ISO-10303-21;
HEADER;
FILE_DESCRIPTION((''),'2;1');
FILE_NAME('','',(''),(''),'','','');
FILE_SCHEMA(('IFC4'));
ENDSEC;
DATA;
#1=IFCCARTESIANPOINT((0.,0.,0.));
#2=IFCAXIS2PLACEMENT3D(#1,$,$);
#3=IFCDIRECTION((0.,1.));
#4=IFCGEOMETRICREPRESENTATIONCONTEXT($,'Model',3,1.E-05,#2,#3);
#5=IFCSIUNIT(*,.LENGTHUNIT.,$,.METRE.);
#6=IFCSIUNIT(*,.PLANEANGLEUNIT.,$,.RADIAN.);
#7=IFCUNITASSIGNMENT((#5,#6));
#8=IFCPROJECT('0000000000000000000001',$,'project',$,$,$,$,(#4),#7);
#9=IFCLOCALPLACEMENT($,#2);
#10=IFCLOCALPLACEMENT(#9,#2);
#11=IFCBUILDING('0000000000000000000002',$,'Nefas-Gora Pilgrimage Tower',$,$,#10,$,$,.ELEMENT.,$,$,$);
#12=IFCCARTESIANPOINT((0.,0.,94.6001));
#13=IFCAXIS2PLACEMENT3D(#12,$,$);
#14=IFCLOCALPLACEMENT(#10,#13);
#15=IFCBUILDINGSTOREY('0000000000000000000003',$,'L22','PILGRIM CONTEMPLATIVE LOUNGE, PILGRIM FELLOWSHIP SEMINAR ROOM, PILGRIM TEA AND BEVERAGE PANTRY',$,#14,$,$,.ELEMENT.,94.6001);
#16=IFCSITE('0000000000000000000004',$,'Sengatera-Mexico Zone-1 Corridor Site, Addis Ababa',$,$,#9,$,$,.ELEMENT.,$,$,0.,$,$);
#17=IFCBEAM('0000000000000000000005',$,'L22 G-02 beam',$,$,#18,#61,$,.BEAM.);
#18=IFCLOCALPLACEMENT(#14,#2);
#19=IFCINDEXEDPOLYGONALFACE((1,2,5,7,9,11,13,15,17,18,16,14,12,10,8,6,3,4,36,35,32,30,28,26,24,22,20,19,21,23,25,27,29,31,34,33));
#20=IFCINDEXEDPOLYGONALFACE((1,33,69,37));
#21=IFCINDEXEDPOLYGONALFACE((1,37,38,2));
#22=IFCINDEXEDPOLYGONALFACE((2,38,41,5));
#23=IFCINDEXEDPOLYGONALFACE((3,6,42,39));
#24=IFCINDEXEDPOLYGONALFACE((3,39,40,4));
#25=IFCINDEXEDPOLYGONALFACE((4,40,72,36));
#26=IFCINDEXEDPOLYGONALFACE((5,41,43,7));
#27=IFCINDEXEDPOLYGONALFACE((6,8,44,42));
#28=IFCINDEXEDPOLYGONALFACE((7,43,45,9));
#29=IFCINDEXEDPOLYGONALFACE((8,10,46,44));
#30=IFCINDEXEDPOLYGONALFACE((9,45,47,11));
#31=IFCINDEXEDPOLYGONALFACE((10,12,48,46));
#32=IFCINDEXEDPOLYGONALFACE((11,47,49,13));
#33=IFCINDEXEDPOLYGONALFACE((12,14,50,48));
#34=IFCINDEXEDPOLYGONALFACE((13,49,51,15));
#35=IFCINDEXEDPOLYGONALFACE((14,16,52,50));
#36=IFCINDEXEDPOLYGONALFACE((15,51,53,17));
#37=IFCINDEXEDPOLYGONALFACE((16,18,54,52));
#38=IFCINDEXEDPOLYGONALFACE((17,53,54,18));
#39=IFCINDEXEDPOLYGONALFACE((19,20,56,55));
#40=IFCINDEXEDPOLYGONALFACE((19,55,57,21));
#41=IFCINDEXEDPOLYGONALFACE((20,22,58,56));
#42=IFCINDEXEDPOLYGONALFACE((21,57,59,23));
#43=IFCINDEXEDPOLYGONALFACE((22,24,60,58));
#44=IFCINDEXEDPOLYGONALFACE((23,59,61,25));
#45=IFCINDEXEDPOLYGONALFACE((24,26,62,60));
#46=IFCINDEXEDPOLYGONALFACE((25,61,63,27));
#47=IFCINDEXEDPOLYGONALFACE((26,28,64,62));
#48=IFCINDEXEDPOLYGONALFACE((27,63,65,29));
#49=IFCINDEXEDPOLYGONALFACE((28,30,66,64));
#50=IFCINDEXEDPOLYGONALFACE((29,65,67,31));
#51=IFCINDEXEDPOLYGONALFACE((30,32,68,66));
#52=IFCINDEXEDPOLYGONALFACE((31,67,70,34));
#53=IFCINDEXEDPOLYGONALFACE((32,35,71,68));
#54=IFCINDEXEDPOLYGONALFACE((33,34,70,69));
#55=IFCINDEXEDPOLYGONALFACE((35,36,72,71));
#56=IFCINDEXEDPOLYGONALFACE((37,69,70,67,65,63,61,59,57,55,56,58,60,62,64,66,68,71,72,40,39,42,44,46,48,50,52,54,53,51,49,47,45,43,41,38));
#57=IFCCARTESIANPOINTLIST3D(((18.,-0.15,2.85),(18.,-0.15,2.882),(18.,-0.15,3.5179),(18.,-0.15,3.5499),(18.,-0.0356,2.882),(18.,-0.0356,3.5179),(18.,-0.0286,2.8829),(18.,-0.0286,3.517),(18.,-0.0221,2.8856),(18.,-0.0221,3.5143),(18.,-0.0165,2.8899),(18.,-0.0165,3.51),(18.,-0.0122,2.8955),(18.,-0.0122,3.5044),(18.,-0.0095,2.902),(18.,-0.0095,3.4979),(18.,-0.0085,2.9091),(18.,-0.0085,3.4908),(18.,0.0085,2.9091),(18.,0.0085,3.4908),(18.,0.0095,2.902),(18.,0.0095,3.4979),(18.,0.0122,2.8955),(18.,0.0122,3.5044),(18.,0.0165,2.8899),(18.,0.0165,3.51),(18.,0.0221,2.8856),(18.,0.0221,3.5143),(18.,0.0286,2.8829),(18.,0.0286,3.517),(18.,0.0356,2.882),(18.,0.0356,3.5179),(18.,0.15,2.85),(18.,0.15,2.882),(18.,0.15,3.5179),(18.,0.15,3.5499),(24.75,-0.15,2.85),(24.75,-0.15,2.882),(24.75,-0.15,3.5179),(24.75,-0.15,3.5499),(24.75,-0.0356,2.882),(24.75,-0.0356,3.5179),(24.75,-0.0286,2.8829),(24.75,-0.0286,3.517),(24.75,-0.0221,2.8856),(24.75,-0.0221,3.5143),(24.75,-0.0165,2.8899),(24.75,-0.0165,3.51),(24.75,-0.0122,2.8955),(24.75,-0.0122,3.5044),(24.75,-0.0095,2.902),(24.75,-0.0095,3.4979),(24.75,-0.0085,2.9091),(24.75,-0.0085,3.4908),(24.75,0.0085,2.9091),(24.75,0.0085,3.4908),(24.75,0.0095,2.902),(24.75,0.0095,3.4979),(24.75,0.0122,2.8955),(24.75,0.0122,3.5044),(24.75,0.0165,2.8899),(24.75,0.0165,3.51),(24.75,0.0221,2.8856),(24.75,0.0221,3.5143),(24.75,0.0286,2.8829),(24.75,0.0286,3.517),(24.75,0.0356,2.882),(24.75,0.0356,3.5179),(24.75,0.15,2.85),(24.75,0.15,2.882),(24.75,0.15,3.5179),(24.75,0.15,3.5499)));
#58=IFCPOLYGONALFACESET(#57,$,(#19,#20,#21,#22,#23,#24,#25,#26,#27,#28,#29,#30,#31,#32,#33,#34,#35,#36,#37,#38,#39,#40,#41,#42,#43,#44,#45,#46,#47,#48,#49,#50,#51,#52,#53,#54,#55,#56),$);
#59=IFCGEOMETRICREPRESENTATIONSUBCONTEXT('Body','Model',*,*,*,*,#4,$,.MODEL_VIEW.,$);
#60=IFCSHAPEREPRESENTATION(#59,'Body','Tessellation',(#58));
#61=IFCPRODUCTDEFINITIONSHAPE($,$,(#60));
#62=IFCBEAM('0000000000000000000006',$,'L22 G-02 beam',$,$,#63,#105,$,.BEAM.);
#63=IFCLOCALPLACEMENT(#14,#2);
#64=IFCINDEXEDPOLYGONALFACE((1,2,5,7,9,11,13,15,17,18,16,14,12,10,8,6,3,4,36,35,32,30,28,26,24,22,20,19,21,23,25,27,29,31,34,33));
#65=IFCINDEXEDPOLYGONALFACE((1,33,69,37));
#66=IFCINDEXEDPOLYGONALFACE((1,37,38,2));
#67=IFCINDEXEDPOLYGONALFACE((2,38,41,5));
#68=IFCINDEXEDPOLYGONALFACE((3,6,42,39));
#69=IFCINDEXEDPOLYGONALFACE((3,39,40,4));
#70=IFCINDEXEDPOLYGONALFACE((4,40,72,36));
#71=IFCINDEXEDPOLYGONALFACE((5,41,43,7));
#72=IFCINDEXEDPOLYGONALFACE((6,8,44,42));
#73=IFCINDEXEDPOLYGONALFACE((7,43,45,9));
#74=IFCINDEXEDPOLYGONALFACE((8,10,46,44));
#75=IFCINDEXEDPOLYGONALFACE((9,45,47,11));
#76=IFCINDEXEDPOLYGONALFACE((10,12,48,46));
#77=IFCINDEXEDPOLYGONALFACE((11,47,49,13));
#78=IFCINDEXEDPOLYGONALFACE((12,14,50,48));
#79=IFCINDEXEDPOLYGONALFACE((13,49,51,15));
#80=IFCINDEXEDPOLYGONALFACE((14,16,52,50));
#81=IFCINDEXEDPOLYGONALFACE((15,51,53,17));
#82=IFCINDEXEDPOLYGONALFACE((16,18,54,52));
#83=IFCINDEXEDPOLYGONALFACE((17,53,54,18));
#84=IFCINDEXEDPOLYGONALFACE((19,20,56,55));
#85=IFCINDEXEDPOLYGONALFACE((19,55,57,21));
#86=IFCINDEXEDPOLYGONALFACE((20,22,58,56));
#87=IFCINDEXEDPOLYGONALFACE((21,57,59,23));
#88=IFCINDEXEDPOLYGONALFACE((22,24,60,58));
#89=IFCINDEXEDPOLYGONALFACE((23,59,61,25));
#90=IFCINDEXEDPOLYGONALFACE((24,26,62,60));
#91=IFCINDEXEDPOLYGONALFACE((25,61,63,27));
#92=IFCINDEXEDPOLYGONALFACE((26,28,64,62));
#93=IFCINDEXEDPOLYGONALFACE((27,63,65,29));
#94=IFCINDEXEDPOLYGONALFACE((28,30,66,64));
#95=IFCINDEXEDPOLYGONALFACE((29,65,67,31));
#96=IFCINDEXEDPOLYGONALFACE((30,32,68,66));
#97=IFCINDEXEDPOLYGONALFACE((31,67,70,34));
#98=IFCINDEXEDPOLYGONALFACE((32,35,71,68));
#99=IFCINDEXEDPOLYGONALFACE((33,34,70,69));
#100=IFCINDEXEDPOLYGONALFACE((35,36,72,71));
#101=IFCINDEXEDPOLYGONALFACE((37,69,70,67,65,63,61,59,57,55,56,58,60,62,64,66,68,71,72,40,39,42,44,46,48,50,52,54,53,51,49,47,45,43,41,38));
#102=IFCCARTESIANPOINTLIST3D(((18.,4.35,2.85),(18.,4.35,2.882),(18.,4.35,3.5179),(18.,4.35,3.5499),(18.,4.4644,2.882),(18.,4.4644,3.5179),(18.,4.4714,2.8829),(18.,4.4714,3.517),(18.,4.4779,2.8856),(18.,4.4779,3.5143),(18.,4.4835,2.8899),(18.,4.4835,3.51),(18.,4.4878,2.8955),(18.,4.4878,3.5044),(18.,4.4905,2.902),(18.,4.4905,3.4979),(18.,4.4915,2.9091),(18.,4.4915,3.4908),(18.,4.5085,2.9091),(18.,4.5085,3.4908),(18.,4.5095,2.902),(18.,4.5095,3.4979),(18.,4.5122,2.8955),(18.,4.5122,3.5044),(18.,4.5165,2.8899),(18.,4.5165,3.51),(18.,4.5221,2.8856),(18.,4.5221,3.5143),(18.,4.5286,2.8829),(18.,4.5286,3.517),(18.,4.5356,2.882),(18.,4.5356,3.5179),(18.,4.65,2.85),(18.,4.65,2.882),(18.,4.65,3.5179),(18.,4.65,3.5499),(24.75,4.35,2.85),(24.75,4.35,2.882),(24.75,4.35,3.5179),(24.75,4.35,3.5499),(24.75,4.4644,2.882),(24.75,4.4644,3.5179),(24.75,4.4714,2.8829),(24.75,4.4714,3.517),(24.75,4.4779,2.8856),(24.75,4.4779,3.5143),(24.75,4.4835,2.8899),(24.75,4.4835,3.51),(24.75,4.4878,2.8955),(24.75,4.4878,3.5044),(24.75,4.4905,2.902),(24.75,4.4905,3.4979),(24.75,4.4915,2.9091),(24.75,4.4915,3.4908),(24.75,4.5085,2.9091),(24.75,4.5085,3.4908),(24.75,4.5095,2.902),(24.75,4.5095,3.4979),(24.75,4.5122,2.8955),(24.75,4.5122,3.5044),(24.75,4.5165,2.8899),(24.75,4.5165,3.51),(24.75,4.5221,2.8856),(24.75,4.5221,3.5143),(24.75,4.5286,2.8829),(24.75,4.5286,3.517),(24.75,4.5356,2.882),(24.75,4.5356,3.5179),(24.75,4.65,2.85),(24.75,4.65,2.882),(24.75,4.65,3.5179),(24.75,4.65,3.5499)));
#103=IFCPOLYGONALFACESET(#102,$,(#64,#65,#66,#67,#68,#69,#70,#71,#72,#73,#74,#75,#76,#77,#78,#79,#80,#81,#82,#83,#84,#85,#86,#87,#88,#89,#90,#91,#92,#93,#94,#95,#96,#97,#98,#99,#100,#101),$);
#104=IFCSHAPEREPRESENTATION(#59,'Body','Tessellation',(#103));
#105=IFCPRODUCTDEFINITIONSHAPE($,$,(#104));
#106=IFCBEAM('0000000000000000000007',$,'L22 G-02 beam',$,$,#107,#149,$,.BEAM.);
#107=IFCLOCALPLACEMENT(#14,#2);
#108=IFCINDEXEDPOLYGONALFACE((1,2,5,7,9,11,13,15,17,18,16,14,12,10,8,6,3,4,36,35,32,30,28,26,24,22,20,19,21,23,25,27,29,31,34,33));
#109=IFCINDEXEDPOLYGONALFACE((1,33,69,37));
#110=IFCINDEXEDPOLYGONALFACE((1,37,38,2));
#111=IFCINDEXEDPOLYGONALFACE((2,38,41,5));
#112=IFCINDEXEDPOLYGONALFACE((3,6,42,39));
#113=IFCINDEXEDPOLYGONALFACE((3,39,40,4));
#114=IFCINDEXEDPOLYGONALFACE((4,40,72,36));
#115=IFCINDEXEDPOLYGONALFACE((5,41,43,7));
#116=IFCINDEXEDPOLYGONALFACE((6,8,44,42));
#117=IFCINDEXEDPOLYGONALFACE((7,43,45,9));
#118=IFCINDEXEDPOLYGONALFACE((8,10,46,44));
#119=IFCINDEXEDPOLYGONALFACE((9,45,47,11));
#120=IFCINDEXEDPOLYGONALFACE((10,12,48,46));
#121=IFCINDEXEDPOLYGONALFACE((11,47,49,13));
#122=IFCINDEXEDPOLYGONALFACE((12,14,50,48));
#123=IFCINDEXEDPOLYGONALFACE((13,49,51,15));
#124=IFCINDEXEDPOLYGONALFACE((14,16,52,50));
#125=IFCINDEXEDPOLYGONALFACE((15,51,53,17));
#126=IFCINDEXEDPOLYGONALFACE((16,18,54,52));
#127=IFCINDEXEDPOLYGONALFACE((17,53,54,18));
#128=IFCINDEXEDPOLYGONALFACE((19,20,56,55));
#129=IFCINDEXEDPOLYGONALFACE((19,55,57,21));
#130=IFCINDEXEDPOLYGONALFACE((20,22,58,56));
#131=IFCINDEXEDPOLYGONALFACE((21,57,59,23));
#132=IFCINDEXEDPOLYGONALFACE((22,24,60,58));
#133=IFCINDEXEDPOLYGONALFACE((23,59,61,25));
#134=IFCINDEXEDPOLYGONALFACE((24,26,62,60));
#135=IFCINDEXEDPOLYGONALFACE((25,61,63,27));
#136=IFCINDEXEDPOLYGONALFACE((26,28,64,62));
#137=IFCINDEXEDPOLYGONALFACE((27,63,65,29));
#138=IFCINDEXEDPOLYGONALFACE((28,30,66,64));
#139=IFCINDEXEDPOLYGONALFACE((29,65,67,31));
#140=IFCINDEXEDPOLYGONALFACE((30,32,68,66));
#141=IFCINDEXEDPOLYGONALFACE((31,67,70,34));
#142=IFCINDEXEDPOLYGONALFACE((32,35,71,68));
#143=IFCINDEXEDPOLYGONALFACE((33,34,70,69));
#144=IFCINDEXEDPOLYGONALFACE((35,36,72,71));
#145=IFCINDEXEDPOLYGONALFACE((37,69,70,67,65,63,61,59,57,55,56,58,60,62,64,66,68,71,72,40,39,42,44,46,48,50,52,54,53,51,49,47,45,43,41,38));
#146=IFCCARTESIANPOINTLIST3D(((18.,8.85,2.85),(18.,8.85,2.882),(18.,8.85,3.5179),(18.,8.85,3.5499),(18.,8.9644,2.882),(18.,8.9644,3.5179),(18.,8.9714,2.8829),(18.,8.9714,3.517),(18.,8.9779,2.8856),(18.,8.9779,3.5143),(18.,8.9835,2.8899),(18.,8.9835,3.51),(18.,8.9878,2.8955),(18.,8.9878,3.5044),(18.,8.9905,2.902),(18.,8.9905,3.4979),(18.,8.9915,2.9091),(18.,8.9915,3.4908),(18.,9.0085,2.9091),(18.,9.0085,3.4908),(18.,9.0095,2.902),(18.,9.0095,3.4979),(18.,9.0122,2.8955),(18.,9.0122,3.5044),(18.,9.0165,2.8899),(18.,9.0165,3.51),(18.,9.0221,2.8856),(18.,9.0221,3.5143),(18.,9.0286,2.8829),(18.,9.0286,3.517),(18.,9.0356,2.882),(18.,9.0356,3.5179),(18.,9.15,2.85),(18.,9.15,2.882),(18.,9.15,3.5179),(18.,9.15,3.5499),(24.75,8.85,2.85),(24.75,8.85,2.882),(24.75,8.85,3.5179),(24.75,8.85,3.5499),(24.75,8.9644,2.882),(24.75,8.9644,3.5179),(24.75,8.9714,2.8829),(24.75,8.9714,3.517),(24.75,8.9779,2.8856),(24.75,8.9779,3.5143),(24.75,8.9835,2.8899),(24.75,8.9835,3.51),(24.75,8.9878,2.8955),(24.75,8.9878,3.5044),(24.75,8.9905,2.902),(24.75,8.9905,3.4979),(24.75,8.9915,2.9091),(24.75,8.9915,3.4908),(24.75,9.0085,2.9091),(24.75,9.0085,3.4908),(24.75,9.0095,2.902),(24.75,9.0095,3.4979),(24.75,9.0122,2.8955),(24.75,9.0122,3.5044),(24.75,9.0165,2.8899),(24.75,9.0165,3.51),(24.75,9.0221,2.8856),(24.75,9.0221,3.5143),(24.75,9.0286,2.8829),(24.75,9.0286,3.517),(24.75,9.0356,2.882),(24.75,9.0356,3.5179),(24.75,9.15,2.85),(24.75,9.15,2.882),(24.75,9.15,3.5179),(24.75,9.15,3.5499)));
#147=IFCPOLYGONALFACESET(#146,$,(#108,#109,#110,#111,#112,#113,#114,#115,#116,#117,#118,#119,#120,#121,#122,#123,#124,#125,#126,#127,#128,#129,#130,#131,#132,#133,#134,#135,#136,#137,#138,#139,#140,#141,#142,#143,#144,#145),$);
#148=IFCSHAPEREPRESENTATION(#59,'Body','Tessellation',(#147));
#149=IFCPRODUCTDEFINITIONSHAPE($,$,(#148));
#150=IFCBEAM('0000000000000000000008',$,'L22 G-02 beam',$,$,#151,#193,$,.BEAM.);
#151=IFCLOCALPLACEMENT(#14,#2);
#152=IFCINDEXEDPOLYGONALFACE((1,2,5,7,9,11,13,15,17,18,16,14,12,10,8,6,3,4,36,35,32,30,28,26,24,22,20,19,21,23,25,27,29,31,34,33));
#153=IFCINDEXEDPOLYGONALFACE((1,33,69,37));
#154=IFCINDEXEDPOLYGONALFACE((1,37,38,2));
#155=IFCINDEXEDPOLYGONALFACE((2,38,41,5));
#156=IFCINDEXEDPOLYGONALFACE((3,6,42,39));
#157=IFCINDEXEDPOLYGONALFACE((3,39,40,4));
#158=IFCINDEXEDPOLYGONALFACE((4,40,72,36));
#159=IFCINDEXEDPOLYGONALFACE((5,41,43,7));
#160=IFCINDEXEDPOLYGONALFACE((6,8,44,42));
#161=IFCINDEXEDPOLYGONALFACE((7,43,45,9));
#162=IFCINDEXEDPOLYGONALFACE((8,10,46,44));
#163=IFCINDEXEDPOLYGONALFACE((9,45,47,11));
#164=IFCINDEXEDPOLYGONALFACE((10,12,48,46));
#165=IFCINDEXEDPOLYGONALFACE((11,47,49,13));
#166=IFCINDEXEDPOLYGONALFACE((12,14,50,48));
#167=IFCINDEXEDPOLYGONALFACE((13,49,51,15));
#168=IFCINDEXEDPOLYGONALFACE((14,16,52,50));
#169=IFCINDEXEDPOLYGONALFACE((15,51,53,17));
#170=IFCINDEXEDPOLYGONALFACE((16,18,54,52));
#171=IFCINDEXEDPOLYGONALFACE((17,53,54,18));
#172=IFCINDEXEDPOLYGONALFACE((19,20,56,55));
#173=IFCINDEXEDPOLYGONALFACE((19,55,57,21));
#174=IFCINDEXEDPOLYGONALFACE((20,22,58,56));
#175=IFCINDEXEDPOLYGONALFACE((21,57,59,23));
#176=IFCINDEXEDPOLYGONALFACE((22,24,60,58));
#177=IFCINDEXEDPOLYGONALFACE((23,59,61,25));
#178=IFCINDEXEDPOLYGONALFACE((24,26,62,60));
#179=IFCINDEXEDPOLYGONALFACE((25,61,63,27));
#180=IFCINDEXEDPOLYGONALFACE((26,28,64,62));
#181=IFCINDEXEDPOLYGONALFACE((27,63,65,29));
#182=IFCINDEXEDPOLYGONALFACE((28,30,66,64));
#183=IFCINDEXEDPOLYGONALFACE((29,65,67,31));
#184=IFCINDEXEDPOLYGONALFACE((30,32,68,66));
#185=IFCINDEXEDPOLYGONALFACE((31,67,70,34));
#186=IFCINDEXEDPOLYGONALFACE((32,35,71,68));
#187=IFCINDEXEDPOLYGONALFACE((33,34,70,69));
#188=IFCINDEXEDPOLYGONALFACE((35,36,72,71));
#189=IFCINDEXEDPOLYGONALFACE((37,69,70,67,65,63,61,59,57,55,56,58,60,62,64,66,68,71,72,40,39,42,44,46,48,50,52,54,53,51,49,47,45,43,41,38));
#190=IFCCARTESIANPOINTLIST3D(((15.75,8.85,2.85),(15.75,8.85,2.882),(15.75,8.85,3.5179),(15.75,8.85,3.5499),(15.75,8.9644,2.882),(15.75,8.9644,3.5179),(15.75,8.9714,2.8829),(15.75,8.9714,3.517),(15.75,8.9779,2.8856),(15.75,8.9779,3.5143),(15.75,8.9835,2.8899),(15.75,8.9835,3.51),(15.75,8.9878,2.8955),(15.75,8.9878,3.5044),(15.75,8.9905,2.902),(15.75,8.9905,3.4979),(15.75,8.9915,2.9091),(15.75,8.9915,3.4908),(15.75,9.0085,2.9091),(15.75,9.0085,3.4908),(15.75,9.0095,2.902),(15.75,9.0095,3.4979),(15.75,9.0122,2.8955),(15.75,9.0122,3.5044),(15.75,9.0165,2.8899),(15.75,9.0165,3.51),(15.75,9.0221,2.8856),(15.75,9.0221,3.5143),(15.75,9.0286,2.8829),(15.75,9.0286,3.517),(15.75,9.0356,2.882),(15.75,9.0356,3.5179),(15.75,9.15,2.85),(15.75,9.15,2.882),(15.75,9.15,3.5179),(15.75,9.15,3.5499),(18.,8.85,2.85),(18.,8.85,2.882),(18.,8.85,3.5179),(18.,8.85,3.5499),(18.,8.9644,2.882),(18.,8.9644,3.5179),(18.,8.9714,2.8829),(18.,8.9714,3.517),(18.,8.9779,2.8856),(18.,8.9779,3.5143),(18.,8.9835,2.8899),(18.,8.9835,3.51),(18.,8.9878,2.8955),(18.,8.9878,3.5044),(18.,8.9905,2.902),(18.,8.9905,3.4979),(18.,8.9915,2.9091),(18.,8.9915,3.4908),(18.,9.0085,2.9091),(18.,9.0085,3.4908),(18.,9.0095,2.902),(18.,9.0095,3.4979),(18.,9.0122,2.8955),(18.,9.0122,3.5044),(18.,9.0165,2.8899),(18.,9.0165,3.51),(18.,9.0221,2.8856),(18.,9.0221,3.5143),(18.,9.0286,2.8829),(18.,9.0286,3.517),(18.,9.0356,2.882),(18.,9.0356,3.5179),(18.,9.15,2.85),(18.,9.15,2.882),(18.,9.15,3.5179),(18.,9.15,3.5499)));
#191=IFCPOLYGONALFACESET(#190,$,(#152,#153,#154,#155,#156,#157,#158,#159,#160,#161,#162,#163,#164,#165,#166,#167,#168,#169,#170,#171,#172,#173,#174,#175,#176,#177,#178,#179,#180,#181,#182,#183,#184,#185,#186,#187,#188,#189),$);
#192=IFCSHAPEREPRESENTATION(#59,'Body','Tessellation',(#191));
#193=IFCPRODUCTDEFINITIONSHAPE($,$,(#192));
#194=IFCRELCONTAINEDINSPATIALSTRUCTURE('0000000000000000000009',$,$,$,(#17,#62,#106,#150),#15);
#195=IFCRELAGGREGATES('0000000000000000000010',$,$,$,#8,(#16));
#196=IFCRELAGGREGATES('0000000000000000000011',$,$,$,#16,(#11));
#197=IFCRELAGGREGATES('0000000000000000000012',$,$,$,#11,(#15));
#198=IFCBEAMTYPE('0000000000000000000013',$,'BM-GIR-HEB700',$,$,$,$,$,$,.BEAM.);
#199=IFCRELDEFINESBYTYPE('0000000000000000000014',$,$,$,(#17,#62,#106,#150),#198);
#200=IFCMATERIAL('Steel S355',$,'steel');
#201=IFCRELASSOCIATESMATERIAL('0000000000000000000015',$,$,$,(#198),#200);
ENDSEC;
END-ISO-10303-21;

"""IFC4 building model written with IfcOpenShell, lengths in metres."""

from ifc_helpers import new_model, si_unit, direction, frame, origin, origin_2d, place, context, subcontext, project, spatial, i_section, extrude, source, transform, mapped, material, material_profile, profile_set, type_object, element, save


model = new_model("IFC4")

# Units and contexts
model_context = context("Model", 3, precision=1e-05, world=origin(), true_north=direction((0.0, 1.0)))
body_context = subcontext(model_context, "Body", "Model", "MODEL_VIEW")
ifc_project = project(units=[si_unit("LENGTHUNIT", "METRE"), si_unit("PLANEANGLEUNIT", "RADIAN")], contexts=[model_context])

# Site, building, storey
site_placement = place(None, origin())
site = spatial("IfcSite", under=ifc_project, at=site_placement, Name="Sengatera-Mexico Zone-1 Corridor Site, Addis Ababa", CompositionType="ELEMENT", RefElevation=0.0)
building_placement = place(site_placement, origin())
building = spatial("IfcBuilding", under=site, at=building_placement, Name="Nefas-Gora Pilgrimage Tower", CompositionType="ELEMENT")
storey_placement = place(building_placement, frame((0.0, 0.0, 94.6001)))
storey = spatial("IfcBuildingStorey", under=building, at=storey_placement, Name="L22", Description="PILGRIM CONTEMPLATIVE LOUNGE, PILGRIM FELLOWSHIP SEMINAR ROOM, PILGRIM TEA AND BEVERAGE PANTRY", CompositionType="ELEMENT", Elevation=94.6001)

# Beams
ifc_material_1 = material(Name="Steel S355", Category="steel")
ifc_material_profile_1 = material_profile(ifc_material_1, i_section(OverallWidth=0.3, OverallDepth=0.7, WebThickness=0.0171, FlangeThickness=0.032, FilletRadius=0.0271, at=origin_2d()), Name="HEB 700")
ifc_profile_set_1 = profile_set([ifc_material_profile_1], Name="Steel S355")
beam_type_1 = type_object("IfcBeamType", Name="BM-GIR-HEB700", PredefinedType="BEAM", material=ifc_profile_set_1)
shared_shape_1 = source(origin(), body_context, "Body", "SweptSolid", [
    extrude(i_section(OverallWidth=0.3, OverallDepth=0.7, WebThickness=0.0171, FlangeThickness=0.032, FilletRadius=0.0271, at=origin_2d()), origin(), (0.0, 0.0, 1.0), 6.75),
])
for number, where, z_axis, x_axis, name in (
    (1, (18.0, 0.0, 3.2), (1.0, 0.0, 0.0), (0.0, 1.0, 0.0), "L22 G-02 beam"),
    (2, (18.0, 4.5, 3.2), (1.0, 0.0, 0.0), (0.0, 1.0, 0.0), "L22 G-02 beam"),
    (3, (18.0, 9.0, 3.2), (1.0, 0.0, 0.0), (0.0, 1.0, 0.0), "L22 G-02 beam"),
):
    element("IfcBeam", number, at=place(storey_placement, frame(where, z_axis=z_axis, x_axis=x_axis)), inside=storey, type_object=beam_type_1, Name=name, PredefinedType="BEAM", context=body_context, shape_type="MappedRepresentation", body=[
        mapped(shared_shape_1, transform((0.0, 0.0, 0.0), x_axis=(1.0, 0.0, 0.0), y_axis=(0.0, 1.0, 0.0), z_axis=(0.0, 0.0, 1.0), scale=1.0)),
    ])
shared_shape_2 = source(origin(), body_context, "Body", "SweptSolid", [
    extrude(i_section(OverallWidth=0.3, OverallDepth=0.7, WebThickness=0.0171, FlangeThickness=0.032, FilletRadius=0.0271, at=origin_2d()), origin(), (0.0, 0.0, 1.0), 2.25),
])
beam_placement = place(storey_placement, frame((15.75, 9.0, 3.2), z_axis=(1.0, 0.0, 0.0), x_axis=(0.0, 1.0, 0.0)))
element("IfcBeam", 4, at=beam_placement, inside=storey, type_object=beam_type_1, Name="L22 G-02 beam", PredefinedType="BEAM", context=body_context, shape_type="MappedRepresentation", body=[
    mapped(shared_shape_2, transform((0.0, 0.0, 0.0), x_axis=(1.0, 0.0, 0.0), y_axis=(0.0, 1.0, 0.0), z_axis=(0.0, 0.0, 1.0), scale=1.0)),
])

save(model, "model.ifc")
